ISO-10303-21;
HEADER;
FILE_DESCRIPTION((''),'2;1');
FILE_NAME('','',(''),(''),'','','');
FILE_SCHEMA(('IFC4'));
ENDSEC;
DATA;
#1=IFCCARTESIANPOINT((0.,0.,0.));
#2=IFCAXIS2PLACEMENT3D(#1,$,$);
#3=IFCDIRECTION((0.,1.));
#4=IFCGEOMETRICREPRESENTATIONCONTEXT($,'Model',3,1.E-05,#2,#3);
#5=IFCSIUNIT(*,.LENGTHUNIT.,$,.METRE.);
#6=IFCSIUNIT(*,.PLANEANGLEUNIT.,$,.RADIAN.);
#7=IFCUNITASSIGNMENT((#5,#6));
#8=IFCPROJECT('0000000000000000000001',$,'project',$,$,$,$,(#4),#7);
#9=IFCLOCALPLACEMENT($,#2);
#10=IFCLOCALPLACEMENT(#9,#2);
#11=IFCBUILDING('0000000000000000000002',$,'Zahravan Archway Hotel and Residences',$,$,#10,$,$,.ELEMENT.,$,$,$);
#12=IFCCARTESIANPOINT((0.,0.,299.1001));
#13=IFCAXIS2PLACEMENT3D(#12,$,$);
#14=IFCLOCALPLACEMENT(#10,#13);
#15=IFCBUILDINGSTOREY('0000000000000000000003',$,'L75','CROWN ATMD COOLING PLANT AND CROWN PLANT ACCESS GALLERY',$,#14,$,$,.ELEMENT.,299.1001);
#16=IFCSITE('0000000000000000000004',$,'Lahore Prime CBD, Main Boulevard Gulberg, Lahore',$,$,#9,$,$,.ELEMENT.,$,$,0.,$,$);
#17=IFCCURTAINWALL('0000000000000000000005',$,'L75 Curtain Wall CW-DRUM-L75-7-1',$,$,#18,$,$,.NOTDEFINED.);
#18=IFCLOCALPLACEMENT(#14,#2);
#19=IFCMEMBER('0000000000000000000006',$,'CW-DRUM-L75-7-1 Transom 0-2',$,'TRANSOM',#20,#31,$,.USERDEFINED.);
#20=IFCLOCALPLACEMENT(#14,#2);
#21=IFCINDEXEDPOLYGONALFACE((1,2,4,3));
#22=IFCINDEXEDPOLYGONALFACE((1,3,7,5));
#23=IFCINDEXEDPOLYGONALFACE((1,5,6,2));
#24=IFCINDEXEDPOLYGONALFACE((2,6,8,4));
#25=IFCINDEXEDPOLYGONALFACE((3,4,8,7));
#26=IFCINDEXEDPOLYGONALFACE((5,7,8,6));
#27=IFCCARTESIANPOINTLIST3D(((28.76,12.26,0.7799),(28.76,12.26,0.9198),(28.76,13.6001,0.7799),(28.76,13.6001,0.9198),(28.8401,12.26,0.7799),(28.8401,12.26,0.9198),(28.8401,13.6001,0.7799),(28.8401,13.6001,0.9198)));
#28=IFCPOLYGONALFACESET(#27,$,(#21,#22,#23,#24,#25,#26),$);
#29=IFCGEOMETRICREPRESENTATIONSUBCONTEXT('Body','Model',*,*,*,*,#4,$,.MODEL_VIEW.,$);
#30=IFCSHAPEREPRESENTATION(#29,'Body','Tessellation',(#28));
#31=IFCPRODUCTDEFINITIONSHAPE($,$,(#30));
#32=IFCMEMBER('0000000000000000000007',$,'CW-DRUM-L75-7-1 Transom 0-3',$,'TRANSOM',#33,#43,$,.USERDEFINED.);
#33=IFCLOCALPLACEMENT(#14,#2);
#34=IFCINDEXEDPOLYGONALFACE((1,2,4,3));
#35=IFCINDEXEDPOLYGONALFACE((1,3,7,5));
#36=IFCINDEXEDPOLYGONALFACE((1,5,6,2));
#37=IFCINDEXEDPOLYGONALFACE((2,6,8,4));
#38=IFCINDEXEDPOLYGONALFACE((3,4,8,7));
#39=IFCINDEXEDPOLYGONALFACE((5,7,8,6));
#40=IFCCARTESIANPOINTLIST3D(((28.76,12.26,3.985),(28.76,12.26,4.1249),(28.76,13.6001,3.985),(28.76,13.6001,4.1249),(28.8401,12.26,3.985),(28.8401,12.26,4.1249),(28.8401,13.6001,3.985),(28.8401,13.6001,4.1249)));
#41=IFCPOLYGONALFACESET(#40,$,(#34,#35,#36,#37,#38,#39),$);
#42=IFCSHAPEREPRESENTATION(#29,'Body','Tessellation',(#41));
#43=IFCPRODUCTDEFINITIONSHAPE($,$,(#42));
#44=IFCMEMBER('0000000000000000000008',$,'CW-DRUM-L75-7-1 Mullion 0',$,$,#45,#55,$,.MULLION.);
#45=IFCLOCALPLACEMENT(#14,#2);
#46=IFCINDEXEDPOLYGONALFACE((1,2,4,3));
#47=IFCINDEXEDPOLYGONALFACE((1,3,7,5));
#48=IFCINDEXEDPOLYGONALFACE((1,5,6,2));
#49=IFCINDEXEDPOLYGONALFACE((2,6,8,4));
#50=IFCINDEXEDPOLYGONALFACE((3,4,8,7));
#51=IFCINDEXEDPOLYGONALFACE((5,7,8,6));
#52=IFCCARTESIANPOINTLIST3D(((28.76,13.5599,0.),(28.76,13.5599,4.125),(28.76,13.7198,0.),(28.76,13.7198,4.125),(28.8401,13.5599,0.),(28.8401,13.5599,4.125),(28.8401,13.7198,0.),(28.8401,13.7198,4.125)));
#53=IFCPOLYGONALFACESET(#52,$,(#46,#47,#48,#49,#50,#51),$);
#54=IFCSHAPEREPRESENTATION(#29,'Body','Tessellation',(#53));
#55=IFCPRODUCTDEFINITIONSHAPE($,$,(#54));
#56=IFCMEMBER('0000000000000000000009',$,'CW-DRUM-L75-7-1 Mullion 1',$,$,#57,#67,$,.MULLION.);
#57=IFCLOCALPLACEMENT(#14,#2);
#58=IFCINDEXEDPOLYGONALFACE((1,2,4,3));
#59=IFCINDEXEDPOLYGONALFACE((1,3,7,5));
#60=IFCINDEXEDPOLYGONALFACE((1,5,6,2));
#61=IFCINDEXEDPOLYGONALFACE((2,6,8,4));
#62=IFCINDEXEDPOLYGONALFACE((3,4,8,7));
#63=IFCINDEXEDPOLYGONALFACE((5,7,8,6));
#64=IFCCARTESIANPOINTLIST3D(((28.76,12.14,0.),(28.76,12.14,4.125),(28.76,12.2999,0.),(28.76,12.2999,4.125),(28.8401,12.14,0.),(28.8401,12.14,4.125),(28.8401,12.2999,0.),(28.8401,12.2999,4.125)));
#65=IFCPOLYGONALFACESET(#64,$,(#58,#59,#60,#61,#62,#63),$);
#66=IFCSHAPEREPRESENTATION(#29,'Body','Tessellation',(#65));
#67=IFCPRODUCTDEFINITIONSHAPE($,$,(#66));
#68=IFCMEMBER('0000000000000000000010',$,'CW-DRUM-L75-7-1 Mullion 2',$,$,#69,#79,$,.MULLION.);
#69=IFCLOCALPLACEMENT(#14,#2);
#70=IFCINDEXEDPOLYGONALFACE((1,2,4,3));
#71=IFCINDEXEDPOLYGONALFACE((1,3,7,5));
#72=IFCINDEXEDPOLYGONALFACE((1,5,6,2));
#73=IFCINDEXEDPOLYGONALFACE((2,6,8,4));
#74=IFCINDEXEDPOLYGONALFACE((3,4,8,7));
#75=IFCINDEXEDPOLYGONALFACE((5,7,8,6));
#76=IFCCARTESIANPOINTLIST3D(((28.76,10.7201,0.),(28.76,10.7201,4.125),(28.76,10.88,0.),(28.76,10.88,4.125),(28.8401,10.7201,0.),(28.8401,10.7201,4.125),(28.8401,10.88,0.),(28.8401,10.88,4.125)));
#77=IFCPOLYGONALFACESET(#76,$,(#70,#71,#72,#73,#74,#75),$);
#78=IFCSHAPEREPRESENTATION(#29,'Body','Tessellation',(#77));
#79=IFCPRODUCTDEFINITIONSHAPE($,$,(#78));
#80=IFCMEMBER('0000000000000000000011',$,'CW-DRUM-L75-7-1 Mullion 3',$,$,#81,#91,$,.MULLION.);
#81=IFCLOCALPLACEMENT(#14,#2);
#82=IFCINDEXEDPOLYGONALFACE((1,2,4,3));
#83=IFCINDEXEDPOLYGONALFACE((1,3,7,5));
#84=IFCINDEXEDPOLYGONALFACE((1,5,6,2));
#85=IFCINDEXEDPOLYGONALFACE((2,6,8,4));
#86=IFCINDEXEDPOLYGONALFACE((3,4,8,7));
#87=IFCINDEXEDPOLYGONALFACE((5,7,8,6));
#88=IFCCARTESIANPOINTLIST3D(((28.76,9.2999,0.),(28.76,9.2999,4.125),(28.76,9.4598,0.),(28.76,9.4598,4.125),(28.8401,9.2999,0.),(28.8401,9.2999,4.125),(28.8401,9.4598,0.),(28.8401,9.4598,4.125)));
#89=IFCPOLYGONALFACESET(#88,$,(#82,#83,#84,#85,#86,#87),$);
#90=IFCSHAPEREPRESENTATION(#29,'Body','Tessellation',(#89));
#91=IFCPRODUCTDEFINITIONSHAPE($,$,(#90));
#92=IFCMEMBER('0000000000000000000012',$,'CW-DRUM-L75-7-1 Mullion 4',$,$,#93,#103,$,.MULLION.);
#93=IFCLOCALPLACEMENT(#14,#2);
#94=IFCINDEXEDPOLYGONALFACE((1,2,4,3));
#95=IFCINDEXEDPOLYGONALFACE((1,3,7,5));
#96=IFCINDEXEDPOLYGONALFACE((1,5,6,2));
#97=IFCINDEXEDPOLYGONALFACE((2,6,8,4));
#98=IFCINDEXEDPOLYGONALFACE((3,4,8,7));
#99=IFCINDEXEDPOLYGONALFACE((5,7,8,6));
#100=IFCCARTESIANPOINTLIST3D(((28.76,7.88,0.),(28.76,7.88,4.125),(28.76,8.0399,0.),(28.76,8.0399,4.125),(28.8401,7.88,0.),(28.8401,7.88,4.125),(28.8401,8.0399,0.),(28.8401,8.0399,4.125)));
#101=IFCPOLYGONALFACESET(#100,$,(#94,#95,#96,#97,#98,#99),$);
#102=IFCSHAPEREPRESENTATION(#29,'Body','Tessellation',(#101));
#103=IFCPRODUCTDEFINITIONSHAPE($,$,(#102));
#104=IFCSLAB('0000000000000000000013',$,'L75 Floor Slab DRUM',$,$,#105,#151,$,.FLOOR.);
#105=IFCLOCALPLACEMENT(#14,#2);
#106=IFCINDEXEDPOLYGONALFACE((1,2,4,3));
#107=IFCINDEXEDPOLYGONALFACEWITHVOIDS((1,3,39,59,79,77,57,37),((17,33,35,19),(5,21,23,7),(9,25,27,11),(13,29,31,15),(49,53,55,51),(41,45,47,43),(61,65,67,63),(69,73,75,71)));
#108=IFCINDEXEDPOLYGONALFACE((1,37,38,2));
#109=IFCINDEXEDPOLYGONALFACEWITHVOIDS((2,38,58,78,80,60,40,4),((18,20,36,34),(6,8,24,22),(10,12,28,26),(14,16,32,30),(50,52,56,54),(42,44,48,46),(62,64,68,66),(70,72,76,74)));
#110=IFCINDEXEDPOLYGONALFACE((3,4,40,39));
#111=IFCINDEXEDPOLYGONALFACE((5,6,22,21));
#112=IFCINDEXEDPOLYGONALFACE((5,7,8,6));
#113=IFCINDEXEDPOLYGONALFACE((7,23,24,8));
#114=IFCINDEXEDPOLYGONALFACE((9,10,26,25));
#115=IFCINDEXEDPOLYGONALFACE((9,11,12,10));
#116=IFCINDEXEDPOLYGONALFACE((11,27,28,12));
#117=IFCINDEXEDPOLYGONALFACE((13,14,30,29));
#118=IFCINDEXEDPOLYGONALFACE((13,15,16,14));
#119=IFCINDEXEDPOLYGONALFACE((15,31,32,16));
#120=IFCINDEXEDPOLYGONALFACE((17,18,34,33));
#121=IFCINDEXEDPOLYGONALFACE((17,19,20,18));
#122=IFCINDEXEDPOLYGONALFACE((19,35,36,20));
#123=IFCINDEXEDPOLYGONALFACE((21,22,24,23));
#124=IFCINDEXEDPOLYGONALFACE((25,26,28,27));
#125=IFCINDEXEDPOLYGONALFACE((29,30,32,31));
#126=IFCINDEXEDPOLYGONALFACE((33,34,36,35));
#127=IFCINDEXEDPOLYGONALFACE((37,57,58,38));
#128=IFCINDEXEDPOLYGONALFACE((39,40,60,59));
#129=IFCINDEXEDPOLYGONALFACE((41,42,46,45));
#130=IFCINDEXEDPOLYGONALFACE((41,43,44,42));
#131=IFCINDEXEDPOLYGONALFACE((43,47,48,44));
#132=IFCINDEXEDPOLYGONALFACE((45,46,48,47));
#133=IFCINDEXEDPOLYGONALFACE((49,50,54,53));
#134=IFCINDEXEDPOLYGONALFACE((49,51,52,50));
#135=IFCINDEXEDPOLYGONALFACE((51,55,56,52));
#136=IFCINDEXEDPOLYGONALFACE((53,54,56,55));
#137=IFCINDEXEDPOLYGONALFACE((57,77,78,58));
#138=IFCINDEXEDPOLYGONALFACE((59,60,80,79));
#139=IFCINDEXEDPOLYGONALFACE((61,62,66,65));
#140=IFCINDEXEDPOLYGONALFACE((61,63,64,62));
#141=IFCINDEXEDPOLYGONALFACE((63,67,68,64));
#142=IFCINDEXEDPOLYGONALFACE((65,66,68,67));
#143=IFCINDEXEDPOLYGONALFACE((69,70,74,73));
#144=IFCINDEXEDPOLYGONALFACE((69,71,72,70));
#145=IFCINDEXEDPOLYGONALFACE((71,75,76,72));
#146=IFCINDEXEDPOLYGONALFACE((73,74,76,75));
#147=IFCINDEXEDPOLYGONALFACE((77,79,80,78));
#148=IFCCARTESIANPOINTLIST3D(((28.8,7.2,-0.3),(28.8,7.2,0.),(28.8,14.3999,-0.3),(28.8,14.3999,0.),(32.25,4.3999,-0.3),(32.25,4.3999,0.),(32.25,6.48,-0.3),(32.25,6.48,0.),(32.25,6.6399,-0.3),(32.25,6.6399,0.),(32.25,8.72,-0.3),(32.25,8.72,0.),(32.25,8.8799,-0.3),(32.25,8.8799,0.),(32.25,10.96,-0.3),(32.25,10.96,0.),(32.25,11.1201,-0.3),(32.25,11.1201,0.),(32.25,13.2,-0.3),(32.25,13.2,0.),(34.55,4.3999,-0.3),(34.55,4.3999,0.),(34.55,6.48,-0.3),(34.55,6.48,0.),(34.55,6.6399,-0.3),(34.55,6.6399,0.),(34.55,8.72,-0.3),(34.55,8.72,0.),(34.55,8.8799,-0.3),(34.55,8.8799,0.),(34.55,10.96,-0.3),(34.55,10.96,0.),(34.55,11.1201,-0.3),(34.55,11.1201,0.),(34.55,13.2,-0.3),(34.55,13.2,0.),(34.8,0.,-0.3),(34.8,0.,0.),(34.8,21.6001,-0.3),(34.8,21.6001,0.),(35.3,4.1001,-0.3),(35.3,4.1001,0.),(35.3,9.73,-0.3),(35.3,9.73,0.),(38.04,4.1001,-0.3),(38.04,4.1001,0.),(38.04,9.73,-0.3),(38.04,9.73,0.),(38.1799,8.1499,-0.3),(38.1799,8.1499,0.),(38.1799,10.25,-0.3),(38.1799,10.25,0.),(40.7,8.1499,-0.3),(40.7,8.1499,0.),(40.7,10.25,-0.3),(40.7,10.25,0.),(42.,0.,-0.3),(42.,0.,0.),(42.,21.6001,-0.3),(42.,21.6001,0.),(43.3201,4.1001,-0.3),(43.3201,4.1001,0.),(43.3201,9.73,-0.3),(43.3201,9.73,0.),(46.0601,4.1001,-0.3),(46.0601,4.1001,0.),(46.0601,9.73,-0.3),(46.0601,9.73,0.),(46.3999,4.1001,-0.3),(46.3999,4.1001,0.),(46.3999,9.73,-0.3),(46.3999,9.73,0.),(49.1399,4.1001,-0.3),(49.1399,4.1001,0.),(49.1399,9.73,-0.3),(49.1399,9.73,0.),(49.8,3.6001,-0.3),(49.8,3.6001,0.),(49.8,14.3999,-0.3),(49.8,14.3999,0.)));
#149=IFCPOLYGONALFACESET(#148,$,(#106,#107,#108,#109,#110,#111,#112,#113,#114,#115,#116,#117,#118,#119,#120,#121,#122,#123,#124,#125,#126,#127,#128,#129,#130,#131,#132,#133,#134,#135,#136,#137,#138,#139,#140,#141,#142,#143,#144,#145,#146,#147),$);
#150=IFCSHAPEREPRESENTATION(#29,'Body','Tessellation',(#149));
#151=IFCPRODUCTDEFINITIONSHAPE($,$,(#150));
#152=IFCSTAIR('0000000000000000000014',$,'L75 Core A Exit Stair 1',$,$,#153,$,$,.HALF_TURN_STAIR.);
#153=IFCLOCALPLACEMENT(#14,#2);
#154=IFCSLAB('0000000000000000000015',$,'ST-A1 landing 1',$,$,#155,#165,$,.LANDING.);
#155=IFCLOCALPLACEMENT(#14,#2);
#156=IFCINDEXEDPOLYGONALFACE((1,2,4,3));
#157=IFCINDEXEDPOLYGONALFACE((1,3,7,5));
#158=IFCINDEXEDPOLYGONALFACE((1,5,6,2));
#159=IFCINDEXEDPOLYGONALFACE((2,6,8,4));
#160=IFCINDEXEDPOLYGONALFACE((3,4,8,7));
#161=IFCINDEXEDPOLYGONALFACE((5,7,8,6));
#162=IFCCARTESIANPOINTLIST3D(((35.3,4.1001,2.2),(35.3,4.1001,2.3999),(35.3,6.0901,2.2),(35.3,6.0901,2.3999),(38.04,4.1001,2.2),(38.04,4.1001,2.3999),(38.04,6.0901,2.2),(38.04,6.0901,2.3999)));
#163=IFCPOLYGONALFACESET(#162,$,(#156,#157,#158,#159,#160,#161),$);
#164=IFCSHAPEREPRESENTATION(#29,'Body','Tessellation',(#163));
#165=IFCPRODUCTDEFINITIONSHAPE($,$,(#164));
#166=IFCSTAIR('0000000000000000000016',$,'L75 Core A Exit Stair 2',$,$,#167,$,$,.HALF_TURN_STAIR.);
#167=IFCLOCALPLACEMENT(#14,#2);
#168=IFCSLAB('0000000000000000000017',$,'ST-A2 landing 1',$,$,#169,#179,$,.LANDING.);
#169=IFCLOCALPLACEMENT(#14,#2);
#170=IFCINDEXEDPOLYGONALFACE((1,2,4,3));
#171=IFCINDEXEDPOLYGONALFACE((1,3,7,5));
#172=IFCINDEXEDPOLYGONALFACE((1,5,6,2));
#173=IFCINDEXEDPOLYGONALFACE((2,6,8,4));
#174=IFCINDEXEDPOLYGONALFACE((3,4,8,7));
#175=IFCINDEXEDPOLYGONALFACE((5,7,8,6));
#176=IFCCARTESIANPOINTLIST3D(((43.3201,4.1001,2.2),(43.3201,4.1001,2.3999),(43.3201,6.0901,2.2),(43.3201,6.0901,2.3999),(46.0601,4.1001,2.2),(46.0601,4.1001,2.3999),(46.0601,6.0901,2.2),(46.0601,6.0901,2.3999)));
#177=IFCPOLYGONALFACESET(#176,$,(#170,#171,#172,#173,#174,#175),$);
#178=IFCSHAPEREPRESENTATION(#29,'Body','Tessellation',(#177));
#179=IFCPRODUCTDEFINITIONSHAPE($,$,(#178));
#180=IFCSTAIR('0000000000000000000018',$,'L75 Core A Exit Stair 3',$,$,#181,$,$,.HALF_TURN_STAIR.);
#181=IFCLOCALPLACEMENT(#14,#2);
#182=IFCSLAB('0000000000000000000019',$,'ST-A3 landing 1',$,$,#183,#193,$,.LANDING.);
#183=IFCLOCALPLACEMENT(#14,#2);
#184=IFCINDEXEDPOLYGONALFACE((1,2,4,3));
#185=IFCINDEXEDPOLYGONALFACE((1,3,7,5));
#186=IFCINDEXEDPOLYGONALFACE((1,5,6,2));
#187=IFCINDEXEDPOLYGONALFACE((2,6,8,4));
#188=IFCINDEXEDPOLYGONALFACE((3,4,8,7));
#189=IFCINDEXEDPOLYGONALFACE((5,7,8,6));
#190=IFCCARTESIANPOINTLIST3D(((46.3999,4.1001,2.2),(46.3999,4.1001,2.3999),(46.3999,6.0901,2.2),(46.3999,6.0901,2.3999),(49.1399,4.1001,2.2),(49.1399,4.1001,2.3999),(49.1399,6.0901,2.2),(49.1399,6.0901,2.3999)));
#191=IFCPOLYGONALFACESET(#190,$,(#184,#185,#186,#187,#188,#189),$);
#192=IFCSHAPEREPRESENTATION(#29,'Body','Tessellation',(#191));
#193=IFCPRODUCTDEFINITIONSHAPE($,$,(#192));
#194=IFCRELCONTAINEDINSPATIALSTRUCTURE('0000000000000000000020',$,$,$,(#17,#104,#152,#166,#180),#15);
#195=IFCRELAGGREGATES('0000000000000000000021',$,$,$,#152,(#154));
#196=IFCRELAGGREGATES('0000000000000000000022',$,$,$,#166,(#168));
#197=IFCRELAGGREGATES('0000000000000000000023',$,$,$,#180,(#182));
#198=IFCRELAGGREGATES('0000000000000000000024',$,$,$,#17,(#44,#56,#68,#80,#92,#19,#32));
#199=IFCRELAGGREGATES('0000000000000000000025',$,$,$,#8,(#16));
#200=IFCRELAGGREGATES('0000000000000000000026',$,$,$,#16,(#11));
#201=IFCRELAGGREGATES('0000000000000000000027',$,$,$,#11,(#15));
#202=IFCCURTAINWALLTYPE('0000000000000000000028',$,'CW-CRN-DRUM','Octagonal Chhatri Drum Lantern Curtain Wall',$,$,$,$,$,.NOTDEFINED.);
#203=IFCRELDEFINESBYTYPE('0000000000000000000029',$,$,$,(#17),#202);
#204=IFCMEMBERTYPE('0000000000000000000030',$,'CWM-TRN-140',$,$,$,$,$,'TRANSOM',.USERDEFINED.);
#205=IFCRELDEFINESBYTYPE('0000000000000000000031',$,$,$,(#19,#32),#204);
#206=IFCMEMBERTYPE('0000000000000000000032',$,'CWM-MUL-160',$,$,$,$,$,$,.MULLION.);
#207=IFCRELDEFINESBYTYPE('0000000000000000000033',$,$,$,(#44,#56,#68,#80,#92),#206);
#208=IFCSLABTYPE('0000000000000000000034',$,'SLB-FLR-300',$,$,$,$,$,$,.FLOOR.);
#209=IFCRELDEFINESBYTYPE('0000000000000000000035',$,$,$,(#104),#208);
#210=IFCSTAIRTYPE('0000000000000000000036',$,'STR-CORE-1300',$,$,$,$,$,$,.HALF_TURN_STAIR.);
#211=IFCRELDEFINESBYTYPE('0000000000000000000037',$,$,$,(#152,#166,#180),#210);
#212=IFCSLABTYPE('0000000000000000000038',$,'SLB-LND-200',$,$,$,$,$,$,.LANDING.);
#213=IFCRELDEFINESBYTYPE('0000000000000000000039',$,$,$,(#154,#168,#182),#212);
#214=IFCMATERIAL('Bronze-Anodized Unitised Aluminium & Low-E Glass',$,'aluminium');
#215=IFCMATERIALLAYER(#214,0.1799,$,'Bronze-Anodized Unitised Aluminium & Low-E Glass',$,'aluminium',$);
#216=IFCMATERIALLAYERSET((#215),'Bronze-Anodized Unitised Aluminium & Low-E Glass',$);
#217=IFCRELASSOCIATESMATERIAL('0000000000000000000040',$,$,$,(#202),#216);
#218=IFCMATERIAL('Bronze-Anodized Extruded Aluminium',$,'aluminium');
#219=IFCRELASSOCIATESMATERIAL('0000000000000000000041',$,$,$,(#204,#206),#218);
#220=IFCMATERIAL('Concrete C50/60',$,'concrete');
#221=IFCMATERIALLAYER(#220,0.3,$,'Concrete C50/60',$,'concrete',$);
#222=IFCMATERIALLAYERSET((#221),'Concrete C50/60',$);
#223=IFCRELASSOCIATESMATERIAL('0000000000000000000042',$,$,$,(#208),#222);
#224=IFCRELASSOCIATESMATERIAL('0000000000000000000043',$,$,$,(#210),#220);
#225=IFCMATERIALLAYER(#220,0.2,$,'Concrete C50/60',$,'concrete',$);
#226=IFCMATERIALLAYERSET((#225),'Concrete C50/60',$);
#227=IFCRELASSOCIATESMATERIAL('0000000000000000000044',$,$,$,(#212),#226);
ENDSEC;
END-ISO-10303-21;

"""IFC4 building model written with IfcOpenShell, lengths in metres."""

from ifc_helpers import new_model, si_unit, direction, frame, origin, origin_2d, place, context, subcontext, project, spatial, polyline, rectangle, outline, extrude, source, transform, mapped, material, layer, layer_set, material_profile, profile_set, type_object, element, aggregate, save


model = new_model("IFC4")

# Units and contexts
model_context = context("Model", 3, precision=1e-05, world=origin(), true_north=direction((0.0, 1.0)))
body_context = subcontext(model_context, "Body", "Model", "MODEL_VIEW")
ifc_project = project(units=[si_unit("LENGTHUNIT", "METRE"), si_unit("PLANEANGLEUNIT", "RADIAN")], contexts=[model_context])

# Site, building, storey
site_placement = place(None, origin())
site = spatial("IfcSite", under=ifc_project, at=site_placement, Name="Lahore Prime CBD, Main Boulevard Gulberg, Lahore", CompositionType="ELEMENT", RefElevation=0.0)
building_placement = place(site_placement, origin())
building = spatial("IfcBuilding", under=site, at=building_placement, Name="Zahravan Archway Hotel and Residences", CompositionType="ELEMENT")
storey_placement = place(building_placement, frame((0.0, 0.0, 299.1001)))
storey = spatial("IfcBuildingStorey", under=building, at=storey_placement, Name="L75", Description="CROWN ATMD COOLING PLANT AND CROWN PLANT ACCESS GALLERY", CompositionType="ELEMENT", Elevation=299.1001)

# Curtain wall, members
ifc_material_1 = material(Name="Bronze-Anodized Unitised Aluminium & Low-E Glass", Category="aluminium")
ifc_layer_1 = layer(ifc_material_1, 0.1799, Name="Bronze-Anodized Unitised Aluminium & Low-E Glass", Category="aluminium")
ifc_layer_set_1 = layer_set([ifc_layer_1], Name="Bronze-Anodized Unitised Aluminium & Low-E Glass")
curtain_wall_type = type_object("IfcCurtainWallType", Name="CW-CRN-DRUM", Description="Octagonal Chhatri Drum Lantern Curtain Wall", PredefinedType="NOTDEFINED", material=ifc_layer_set_1)
curtain_wall_placement = place(storey_placement, origin())
curtain_wall = element("IfcCurtainWall", 1, at=curtain_wall_placement, inside=storey, type_object=curtain_wall_type, Name="L75 Curtain Wall CW-DRUM-L75-7-1", PredefinedType="NOTDEFINED")
ifc_material_2 = material(Name="Bronze-Anodized Extruded Aluminium", Category="aluminium")
ifc_material_profile_1 = material_profile(ifc_material_2, rectangle(XDim=0.0801, YDim=0.1399, at=origin_2d()), Name="TRN 80x140", Category="aluminium")
ifc_profile_set_1 = profile_set([ifc_material_profile_1], Name="Bronze-Anodized Extruded Aluminium")
member_type_1 = type_object("IfcMemberType", Name="CWM-TRN-140", ElementType="TRANSOM", PredefinedType="USERDEFINED", material=ifc_profile_set_1)
shared_shape_1 = source(origin(), body_context, "Body", "SweptSolid", [
    extrude(rectangle(XDim=0.0801, YDim=0.1399, at=origin_2d()), origin(), (0.0, 0.0, 1.0), 1.3401),
])
member_1_placement = place(storey_placement, frame((28.8, 13.6001, 0.8499), z_axis=(0.0, -1.0, 0.0), x_axis=(1.0, 0.0, 0.0)))
member_1 = element("IfcMember", 2, at=member_1_placement, type_object=member_type_1, Name="CW-DRUM-L75-7-1 Transom 0-2", ObjectType="TRANSOM", PredefinedType="USERDEFINED", context=body_context, shape_type="MappedRepresentation", body=[
    mapped(shared_shape_1, transform((0.0, 0.0, 0.0), scale=1.0)),
])
member_2_placement = place(storey_placement, frame((28.8, 13.6001, 4.0549), z_axis=(0.0, -1.0, 0.0), x_axis=(1.0, 0.0, 0.0)))
member_2 = element("IfcMember", 3, at=member_2_placement, type_object=member_type_1, Name="CW-DRUM-L75-7-1 Transom 0-3", ObjectType="TRANSOM", PredefinedType="USERDEFINED", context=body_context, shape_type="MappedRepresentation", body=[
    mapped(shared_shape_1, transform((0.0, 0.0, 0.0), scale=1.0)),
])
ifc_material_profile_2 = material_profile(ifc_material_2, rectangle(XDim=0.0801, YDim=0.1599, at=origin_2d()), Name="MUL 80x160", Category="aluminium")
ifc_profile_set_2 = profile_set([ifc_material_profile_2], Name="Bronze-Anodized Extruded Aluminium")
member_type_2 = type_object("IfcMemberType", Name="CWM-MUL-160", PredefinedType="MULLION", material=ifc_profile_set_2)
shared_shape_2 = source(origin(), body_context, "Body", "SweptSolid", [
    extrude(rectangle(XDim=0.0801, YDim=0.1599, at=origin_2d()), origin(), (0.0, 0.0, 1.0), 4.125),
])
member_3_placement = place(storey_placement, frame((28.8, 13.6399, 0.0), z_axis=(0.0, 0.0, 1.0), x_axis=(1.0, 0.0, 0.0)))
member_3 = element("IfcMember", 4, at=member_3_placement, type_object=member_type_2, Name="CW-DRUM-L75-7-1 Mullion 0", PredefinedType="MULLION", context=body_context, shape_type="MappedRepresentation", body=[
    mapped(shared_shape_2, transform((0.0, 0.0, 0.0), scale=1.0)),
])
member_4_placement = place(storey_placement, frame((28.8, 12.22, 0.0), z_axis=(0.0, 0.0, 1.0), x_axis=(1.0, 0.0, 0.0)))
member_4 = element("IfcMember", 5, at=member_4_placement, type_object=member_type_2, Name="CW-DRUM-L75-7-1 Mullion 1", PredefinedType="MULLION", context=body_context, shape_type="MappedRepresentation", body=[
    mapped(shared_shape_2, transform((0.0, 0.0, 0.0), scale=1.0)),
])
member_5_placement = place(storey_placement, frame((28.8, 10.8, 0.0), z_axis=(0.0, 0.0, 1.0), x_axis=(1.0, 0.0, 0.0)))
member_5 = element("IfcMember", 6, at=member_5_placement, type_object=member_type_2, Name="CW-DRUM-L75-7-1 Mullion 2", PredefinedType="MULLION", context=body_context, shape_type="MappedRepresentation", body=[
    mapped(shared_shape_2, transform((0.0, 0.0, 0.0), scale=1.0)),
])
member_6_placement = place(storey_placement, frame((28.8, 9.3799, 0.0), z_axis=(0.0, 0.0, 1.0), x_axis=(1.0, 0.0, 0.0)))
member_6 = element("IfcMember", 7, at=member_6_placement, type_object=member_type_2, Name="CW-DRUM-L75-7-1 Mullion 3", PredefinedType="MULLION", context=body_context, shape_type="MappedRepresentation", body=[
    mapped(shared_shape_2, transform((0.0, 0.0, 0.0), scale=1.0)),
])
member_7_placement = place(storey_placement, frame((28.8, 7.96, 0.0), z_axis=(0.0, 0.0, 1.0), x_axis=(1.0, 0.0, 0.0)))
member_7 = element("IfcMember", 8, at=member_7_placement, type_object=member_type_2, Name="CW-DRUM-L75-7-1 Mullion 4", PredefinedType="MULLION", context=body_context, shape_type="MappedRepresentation", body=[
    mapped(shared_shape_2, transform((0.0, 0.0, 0.0), scale=1.0)),
])

# Slab
ifc_material_3 = material(Name="Concrete C50/60", Category="concrete")
ifc_layer_2 = layer(ifc_material_3, 0.3, Name="Concrete C50/60", Category="concrete")
ifc_layer_set_2 = layer_set([ifc_layer_2], Name="Concrete C50/60")
slab_type_1 = type_object("IfcSlabType", Name="SLB-FLR-300", PredefinedType="FLOOR", material=ifc_layer_set_2)
slab_1_placement = place(storey_placement, frame((0.0, 0.0, -0.3)))
element("IfcSlab", 9, at=slab_1_placement, inside=storey, type_object=slab_type_1, Name="L75 Floor Slab DRUM", PredefinedType="FLOOR", context=body_context, shape_type="SweptSolid", body=[
    extrude(outline(polyline([(34.8, 0.0), (42.0, 0.0), (49.8, 3.6001), (49.8, 14.3999), (42.0, 21.6001), (34.8, 21.6001), (28.8, 14.3999), (28.8, 7.2), (34.8, 0.0)]), holes=[polyline([(35.3, 9.73), (35.3, 4.1001), (38.04, 4.1001), (38.04, 9.73), (35.3, 9.73)]), polyline([(43.3201, 9.73), (43.3201, 4.1001), (46.0601, 4.1001), (46.0601, 9.73), (43.3201, 9.73)]), polyline([(46.3999, 9.73), (46.3999, 4.1001), (49.1399, 4.1001), (49.1399, 9.73), (46.3999, 9.73)]), polyline([(38.1799, 8.1499), (40.7, 8.1499), (40.7, 10.25), (38.1799, 10.25), (38.1799, 8.1499)]), polyline([(32.25, 4.3999), (34.55, 4.3999), (34.55, 6.48), (32.25, 6.48), (32.25, 4.3999)]), polyline([(32.25, 6.6399), (34.55, 6.6399), (34.55, 8.72), (32.25, 8.72), (32.25, 6.6399)]), polyline([(32.25, 8.8799), (34.55, 8.8799), (34.55, 10.96), (32.25, 10.96), (32.25, 8.8799)]), polyline([(32.25, 11.1201), (34.55, 11.1201), (34.55, 13.2), (32.25, 13.2), (32.25, 11.1201)])]), origin(), (0.0, 0.0, 1.0), 0.3),
])

# Stairs, slabs
stair_type = type_object("IfcStairType", Name="STR-CORE-1300", PredefinedType="HALF_TURN_STAIR", material=ifc_material_3)
stair_1_placement = place(storey_placement, origin())
stair_1 = element("IfcStair", 10, at=stair_1_placement, inside=storey, type_object=stair_type, Name="L75 Core A Exit Stair 1", PredefinedType="HALF_TURN_STAIR")
ifc_layer_3 = layer(ifc_material_3, 0.2, Name="Concrete C50/60", Category="concrete")
ifc_layer_set_3 = layer_set([ifc_layer_3], Name="Concrete C50/60")
slab_type_2 = type_object("IfcSlabType", Name="SLB-LND-200", PredefinedType="LANDING", material=ifc_layer_set_3)
slab_2_placement = place(storey_placement, frame((0.0, 0.0, 2.2)))
slab_2 = element("IfcSlab", 11, at=slab_2_placement, type_object=slab_type_2, Name="ST-A1 landing 1", PredefinedType="LANDING", context=body_context, shape_type="SweptSolid", body=[
    extrude(outline(polyline([(35.3, 6.0901), (35.3, 4.1001), (38.04, 4.1001), (38.04, 6.0901), (35.3, 6.0901)])), origin(), (0.0, 0.0, 1.0), 0.2),
])
aggregate(stair_1, [slab_2])
stair_2_placement = place(storey_placement, origin())
stair_2 = element("IfcStair", 12, at=stair_2_placement, inside=storey, type_object=stair_type, Name="L75 Core A Exit Stair 2", PredefinedType="HALF_TURN_STAIR")
slab_3_placement = place(storey_placement, frame((0.0, 0.0, 2.2)))
slab_3 = element("IfcSlab", 13, at=slab_3_placement, type_object=slab_type_2, Name="ST-A2 landing 1", PredefinedType="LANDING", context=body_context, shape_type="SweptSolid", body=[
    extrude(outline(polyline([(43.3201, 6.0901), (43.3201, 4.1001), (46.0601, 4.1001), (46.0601, 6.0901), (43.3201, 6.0901)])), origin(), (0.0, 0.0, 1.0), 0.2),
])
aggregate(stair_2, [slab_3])
stair_3_placement = place(storey_placement, origin())
stair_3 = element("IfcStair", 14, at=stair_3_placement, inside=storey, type_object=stair_type, Name="L75 Core A Exit Stair 3", PredefinedType="HALF_TURN_STAIR")
slab_4_placement = place(storey_placement, frame((0.0, 0.0, 2.2)))
slab_4 = element("IfcSlab", 15, at=slab_4_placement, type_object=slab_type_2, Name="ST-A3 landing 1", PredefinedType="LANDING", context=body_context, shape_type="SweptSolid", body=[
    extrude(outline(polyline([(46.3999, 6.0901), (46.3999, 4.1001), (49.1399, 4.1001), (49.1399, 6.0901), (46.3999, 6.0901)])), origin(), (0.0, 0.0, 1.0), 0.2),
])
aggregate(stair_3, [slab_4])

aggregate(curtain_wall, [member_3, member_4, member_5, member_6, member_7, member_1, member_2])

save(model, "model.ifc")
